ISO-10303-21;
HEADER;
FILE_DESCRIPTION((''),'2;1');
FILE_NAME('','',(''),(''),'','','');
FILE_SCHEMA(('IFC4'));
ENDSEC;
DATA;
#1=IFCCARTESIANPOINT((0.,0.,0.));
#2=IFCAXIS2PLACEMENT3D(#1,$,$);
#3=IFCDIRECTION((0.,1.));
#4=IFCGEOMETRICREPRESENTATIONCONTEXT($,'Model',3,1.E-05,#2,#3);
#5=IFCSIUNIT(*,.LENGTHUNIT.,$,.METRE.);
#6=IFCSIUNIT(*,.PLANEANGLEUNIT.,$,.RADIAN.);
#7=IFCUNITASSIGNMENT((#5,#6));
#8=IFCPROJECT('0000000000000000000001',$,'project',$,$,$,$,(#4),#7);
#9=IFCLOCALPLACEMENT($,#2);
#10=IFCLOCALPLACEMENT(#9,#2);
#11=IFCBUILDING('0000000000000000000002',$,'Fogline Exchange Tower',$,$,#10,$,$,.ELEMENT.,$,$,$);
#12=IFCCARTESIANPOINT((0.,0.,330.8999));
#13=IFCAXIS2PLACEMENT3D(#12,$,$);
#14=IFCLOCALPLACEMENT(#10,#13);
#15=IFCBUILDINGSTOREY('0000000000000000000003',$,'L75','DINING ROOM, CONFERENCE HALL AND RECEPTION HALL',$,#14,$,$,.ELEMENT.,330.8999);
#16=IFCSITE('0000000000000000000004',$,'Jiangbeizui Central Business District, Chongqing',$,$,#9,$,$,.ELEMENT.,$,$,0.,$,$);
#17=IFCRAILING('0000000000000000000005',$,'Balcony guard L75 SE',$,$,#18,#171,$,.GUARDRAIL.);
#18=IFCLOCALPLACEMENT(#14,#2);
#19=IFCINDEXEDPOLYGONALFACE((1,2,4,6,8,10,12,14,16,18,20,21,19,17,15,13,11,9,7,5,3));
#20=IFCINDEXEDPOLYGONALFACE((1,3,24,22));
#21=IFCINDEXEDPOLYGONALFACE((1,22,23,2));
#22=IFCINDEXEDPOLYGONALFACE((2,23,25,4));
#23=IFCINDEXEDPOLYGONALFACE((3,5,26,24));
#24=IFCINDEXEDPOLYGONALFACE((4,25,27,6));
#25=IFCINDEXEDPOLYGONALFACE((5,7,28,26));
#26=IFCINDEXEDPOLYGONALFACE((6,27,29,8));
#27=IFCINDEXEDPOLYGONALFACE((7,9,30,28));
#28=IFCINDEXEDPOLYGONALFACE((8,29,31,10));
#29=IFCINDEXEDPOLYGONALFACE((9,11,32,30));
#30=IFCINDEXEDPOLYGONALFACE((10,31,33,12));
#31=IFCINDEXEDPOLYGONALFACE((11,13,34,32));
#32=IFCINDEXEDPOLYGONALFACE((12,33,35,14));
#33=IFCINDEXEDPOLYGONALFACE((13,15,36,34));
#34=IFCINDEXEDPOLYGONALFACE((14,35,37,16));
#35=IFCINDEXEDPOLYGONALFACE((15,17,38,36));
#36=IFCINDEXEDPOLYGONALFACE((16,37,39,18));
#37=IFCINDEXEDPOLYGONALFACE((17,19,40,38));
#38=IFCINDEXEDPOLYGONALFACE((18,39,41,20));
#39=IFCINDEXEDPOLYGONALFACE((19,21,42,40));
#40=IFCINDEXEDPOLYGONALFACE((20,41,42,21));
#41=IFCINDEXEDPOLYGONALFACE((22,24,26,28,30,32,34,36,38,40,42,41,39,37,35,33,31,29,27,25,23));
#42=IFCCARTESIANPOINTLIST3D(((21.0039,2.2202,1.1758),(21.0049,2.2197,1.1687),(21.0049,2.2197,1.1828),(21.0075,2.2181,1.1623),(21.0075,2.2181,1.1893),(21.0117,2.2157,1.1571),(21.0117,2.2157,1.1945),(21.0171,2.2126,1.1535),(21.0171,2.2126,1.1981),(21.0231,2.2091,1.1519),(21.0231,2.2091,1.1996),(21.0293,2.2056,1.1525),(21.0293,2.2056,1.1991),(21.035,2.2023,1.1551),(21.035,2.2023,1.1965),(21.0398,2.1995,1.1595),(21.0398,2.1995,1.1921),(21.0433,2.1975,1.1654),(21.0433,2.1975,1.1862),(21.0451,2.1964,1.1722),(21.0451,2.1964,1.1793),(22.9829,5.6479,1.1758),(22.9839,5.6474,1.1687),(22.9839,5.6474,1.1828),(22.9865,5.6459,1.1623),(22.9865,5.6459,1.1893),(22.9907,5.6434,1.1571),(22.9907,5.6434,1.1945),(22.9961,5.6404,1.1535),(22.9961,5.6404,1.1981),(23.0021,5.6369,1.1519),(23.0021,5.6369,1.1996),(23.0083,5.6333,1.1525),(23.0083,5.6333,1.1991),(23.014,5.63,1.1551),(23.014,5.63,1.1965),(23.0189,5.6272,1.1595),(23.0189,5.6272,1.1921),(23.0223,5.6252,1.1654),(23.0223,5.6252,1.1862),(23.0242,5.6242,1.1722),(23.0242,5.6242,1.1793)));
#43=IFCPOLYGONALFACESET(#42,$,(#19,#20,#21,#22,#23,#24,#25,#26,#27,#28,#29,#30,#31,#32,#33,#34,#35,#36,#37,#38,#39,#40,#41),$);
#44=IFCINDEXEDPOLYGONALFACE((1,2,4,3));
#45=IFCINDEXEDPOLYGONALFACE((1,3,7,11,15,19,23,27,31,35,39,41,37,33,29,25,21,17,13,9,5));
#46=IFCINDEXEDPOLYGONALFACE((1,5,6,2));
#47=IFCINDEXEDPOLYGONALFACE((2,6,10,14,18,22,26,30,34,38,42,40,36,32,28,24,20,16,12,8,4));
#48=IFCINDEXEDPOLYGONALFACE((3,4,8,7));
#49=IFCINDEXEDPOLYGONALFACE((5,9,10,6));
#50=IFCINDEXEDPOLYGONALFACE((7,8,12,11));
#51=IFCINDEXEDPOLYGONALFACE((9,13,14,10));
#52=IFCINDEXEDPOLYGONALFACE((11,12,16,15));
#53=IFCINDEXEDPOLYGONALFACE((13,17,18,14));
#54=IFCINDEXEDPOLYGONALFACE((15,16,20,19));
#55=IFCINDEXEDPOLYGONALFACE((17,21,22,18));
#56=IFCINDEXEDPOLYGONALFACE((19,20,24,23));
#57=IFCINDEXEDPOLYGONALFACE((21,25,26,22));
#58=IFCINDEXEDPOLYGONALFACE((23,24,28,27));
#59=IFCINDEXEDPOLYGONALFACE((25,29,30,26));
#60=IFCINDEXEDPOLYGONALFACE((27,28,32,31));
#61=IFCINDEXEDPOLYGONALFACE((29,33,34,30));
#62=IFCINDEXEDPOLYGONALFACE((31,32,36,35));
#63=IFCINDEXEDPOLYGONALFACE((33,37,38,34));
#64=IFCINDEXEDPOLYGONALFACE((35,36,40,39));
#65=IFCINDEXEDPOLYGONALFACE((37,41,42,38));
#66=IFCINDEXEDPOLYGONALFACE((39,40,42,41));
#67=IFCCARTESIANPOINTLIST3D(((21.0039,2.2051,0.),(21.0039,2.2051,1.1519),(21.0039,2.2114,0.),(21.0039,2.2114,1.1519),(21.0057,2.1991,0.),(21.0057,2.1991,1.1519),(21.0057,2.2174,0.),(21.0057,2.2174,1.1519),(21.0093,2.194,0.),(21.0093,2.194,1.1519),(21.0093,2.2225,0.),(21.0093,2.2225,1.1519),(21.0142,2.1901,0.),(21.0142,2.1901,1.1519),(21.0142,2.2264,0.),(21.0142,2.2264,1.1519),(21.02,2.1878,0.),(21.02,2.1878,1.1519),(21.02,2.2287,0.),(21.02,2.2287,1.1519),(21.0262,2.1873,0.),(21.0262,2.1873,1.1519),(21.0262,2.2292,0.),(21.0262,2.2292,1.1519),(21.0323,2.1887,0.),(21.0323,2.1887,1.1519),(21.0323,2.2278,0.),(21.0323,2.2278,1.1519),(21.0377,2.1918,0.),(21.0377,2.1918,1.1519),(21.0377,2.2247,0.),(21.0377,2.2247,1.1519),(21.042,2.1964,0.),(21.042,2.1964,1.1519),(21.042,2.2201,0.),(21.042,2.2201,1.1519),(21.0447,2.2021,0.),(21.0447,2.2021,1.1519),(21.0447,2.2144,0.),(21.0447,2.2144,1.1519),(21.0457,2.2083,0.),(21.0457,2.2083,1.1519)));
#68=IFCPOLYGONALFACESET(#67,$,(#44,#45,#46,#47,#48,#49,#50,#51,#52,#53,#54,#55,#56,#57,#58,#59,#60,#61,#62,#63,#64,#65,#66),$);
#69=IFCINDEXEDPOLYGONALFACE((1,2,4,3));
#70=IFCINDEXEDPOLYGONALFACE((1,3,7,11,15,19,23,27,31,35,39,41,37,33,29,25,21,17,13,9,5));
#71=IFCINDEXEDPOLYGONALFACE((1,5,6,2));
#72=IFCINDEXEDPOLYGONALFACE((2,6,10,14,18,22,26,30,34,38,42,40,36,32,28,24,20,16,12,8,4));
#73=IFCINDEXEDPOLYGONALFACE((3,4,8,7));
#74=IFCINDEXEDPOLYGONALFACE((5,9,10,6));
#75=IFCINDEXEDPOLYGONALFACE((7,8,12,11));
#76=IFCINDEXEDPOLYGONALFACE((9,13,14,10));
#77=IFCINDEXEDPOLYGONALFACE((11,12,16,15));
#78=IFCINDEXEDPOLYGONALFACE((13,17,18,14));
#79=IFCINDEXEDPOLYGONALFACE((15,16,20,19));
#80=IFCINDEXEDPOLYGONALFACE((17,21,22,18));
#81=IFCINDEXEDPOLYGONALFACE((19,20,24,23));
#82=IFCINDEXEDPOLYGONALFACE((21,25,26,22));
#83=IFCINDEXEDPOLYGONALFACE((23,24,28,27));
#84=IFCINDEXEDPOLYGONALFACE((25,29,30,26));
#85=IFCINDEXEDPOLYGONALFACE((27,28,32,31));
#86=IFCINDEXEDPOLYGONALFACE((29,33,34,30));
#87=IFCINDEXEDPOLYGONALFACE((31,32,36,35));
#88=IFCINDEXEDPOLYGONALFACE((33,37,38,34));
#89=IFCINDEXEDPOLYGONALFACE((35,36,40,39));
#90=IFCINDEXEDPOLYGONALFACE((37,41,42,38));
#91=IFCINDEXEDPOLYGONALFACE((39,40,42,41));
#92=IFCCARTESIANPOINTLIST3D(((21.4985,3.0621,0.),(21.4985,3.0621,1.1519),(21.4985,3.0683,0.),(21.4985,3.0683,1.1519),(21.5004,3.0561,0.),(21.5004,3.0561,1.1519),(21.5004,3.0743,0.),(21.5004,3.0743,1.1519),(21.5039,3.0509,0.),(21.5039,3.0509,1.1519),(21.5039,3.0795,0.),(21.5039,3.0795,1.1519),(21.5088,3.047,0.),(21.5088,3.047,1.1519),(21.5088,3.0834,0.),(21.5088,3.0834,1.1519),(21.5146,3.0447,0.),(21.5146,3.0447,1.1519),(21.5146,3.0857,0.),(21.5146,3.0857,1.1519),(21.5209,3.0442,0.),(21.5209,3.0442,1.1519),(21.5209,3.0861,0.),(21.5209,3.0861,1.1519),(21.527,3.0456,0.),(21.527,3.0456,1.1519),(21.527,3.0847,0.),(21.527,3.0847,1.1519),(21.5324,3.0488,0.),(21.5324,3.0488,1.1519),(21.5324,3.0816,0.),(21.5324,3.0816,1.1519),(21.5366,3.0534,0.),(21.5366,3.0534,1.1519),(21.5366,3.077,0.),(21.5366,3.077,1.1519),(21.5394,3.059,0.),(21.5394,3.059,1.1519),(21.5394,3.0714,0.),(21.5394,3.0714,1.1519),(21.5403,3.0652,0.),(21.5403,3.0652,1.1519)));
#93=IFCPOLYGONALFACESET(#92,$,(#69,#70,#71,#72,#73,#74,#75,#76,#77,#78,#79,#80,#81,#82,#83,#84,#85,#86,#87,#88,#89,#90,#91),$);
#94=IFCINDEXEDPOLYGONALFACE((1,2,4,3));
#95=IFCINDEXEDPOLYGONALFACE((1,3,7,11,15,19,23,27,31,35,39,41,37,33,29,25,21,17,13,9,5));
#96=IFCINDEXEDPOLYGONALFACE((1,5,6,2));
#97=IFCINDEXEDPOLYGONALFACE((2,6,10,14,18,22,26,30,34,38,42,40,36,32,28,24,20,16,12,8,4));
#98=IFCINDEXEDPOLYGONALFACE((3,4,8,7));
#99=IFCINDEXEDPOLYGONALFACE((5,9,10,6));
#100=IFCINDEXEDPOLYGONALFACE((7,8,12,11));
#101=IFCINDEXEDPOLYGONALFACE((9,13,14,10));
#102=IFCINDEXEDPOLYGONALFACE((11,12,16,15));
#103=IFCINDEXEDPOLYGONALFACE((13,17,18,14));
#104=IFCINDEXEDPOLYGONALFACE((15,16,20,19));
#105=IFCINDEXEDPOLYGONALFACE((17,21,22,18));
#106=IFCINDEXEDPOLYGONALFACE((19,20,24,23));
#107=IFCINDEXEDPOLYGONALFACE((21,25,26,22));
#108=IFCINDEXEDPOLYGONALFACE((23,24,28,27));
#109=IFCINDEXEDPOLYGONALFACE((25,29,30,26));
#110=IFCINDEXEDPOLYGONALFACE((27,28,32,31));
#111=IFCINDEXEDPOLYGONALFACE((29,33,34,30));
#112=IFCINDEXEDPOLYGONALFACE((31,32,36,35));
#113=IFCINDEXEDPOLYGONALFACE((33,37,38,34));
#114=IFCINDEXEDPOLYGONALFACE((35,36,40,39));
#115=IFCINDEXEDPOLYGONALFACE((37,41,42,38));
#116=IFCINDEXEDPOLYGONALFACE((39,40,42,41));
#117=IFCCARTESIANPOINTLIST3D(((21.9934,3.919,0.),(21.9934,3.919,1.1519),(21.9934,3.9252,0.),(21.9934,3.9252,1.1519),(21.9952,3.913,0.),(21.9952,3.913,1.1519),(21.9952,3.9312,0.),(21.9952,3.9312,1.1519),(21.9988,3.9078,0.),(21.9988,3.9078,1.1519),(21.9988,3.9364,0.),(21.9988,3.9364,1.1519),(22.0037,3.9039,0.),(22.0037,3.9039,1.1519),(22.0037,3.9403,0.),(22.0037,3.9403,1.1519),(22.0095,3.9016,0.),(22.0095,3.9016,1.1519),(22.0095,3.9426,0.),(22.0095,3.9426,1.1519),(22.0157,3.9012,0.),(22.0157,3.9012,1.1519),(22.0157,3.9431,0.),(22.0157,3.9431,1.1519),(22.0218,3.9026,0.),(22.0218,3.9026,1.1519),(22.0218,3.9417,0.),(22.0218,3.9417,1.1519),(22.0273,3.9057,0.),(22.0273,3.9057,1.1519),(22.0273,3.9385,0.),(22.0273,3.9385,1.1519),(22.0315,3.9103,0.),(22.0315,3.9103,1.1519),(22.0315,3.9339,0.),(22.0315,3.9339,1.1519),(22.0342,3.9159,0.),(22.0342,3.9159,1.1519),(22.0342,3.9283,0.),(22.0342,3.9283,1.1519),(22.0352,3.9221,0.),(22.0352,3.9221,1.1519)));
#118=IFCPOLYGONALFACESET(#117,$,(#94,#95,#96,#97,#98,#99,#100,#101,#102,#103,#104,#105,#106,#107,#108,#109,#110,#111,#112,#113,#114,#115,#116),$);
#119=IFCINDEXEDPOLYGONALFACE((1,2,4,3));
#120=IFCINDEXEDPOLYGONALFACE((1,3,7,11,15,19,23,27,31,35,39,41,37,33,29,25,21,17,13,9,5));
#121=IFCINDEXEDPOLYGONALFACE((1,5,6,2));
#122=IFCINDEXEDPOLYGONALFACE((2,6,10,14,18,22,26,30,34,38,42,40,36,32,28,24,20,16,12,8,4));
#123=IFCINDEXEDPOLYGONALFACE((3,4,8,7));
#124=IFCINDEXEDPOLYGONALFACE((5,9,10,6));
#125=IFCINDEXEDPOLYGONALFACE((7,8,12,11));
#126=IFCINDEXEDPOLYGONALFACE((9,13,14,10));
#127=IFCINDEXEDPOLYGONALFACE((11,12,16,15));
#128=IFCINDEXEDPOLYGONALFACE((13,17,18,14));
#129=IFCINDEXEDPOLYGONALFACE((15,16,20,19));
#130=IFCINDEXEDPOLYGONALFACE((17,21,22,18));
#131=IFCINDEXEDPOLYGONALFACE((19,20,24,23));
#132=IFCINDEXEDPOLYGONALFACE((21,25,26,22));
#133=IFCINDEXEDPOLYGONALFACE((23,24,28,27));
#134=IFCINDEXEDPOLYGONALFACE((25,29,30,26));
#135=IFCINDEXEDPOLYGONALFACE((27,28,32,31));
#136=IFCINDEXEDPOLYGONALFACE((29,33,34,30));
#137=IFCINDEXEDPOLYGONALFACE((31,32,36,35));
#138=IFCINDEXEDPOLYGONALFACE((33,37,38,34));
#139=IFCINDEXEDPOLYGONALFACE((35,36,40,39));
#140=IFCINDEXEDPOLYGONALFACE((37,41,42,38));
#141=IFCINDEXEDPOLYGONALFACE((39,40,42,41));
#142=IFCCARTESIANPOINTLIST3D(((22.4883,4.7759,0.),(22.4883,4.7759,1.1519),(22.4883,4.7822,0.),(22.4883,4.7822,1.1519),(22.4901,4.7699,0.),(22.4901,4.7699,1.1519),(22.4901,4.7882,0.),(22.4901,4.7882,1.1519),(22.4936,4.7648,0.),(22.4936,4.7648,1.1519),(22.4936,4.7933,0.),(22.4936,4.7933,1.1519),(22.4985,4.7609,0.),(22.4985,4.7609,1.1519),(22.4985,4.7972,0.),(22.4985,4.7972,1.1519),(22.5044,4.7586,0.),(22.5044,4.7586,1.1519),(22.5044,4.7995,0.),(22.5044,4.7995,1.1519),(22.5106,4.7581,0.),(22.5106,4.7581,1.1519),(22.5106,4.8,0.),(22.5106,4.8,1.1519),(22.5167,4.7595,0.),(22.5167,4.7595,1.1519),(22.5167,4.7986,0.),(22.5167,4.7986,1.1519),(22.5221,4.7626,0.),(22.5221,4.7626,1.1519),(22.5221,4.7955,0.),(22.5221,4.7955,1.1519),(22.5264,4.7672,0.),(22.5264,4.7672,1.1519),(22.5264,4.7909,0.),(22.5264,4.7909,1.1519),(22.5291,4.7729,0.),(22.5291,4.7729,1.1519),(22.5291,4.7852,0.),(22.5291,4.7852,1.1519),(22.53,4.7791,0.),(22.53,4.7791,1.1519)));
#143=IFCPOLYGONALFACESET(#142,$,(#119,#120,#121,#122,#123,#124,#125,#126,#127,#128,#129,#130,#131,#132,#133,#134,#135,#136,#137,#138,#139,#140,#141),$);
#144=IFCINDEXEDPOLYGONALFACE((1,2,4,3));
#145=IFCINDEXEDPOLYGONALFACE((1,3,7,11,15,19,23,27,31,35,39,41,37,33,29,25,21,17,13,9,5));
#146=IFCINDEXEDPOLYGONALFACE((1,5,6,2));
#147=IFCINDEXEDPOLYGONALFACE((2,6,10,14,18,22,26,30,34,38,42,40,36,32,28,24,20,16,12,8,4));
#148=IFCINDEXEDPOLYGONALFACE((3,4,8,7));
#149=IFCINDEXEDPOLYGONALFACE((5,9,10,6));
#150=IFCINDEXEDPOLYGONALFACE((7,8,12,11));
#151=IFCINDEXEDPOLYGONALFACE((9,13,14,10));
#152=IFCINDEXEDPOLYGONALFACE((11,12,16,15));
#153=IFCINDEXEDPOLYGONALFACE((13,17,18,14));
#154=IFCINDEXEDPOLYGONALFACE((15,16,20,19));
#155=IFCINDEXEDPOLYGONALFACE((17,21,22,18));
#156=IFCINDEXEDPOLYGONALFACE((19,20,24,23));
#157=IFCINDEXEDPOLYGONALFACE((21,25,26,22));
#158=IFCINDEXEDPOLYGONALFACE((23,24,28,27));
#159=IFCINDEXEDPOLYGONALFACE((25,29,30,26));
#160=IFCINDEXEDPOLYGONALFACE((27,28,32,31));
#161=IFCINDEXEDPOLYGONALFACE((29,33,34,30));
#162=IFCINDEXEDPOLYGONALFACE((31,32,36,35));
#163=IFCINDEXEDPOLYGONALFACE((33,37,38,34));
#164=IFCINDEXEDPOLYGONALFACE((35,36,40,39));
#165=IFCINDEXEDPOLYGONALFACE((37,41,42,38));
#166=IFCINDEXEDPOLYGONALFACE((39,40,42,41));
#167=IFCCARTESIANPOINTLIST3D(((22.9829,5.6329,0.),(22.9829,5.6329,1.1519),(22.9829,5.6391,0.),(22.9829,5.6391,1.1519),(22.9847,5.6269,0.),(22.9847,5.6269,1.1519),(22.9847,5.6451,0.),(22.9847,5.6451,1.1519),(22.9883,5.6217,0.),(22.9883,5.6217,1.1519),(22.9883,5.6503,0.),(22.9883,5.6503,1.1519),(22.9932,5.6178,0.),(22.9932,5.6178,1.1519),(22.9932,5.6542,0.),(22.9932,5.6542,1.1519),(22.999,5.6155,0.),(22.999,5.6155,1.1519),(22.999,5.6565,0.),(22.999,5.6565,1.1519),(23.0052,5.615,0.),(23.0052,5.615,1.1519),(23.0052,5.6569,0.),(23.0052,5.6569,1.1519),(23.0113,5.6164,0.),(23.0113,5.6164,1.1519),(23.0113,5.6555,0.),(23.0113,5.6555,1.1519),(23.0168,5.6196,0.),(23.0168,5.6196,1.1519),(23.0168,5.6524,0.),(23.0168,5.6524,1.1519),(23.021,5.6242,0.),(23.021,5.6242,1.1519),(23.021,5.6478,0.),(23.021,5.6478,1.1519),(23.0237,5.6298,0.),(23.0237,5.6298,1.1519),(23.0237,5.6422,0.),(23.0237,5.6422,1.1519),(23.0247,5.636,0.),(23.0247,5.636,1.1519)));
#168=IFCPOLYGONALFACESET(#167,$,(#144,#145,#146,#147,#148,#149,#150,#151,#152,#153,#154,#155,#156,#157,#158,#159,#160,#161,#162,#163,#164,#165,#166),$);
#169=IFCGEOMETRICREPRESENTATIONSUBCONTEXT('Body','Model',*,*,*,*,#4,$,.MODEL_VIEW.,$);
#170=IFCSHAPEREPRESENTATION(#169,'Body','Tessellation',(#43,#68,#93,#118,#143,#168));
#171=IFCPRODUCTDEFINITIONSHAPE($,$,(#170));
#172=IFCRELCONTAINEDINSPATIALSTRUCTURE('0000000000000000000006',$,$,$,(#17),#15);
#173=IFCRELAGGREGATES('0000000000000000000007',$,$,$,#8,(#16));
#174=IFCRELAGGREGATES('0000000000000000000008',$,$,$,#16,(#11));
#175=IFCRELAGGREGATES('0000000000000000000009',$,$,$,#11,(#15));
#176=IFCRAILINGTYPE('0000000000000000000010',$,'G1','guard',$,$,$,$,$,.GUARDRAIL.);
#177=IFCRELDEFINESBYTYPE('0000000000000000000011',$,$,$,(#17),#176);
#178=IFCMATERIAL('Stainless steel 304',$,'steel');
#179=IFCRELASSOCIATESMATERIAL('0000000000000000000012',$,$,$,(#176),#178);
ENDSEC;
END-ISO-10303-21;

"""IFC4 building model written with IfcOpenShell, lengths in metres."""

from ifc_helpers import new_model, si_unit, direction, frame, origin, origin_2d, place, context, subcontext, project, spatial, circle, extrude, material, type_object, element, save


model = new_model("IFC4")

# Units and contexts
model_context = context("Model", 3, precision=1e-05, world=origin(), true_north=direction((0.0, 1.0)))
body_context = subcontext(model_context, "Body", "Model", "MODEL_VIEW")
ifc_project = project(units=[si_unit("LENGTHUNIT", "METRE"), si_unit("PLANEANGLEUNIT", "RADIAN")], contexts=[model_context])

# Site, building, storey
site_placement = place(None, origin())
site = spatial("IfcSite", under=ifc_project, at=site_placement, Name="Jiangbeizui Central Business District, Chongqing", CompositionType="ELEMENT", RefElevation=0.0)
building_placement = place(site_placement, origin())
building = spatial("IfcBuilding", under=site, at=building_placement, Name="Fogline Exchange Tower", CompositionType="ELEMENT")
storey_placement = place(building_placement, frame((0.0, 0.0, 330.8999)))
storey = spatial("IfcBuildingStorey", under=building, at=storey_placement, Name="L75", Description="DINING ROOM, CONFERENCE HALL AND RECEPTION HALL", CompositionType="ELEMENT", Elevation=330.8999)

# Railing
ifc_material_1 = material(Name="Stainless steel 304", Category="steel")
railing_type = type_object("IfcRailingType", Name="G1", Description="guard", PredefinedType="GUARDRAIL", material=ifc_material_1)
railing_placement = place(storey_placement, frame((21.0247, 2.2083, 0.0)))
element("IfcRailing", 1, at=railing_placement, inside=storey, type_object=railing_type, Name="Balcony guard L75 SE", PredefinedType="GUARDRAIL", context=body_context, shape_type="SweptSolid", body=[
    extrude(circle(Radius=0.0239, at=origin_2d()), frame((0.0, 0.0, 1.1758), z_axis=(0.5, 0.866025, 0.0), x_axis=(-0.866025, 0.5, 0.0)), (0.0, 0.0, 1.0), 3.958),
    extrude(circle(Radius=0.021, at=origin_2d()), origin(), (0.0, 0.0, 1.0), 1.1519),
    extrude(circle(Radius=0.021, at=origin_2d()), frame((0.4946, 0.8569, 0.0)), (0.0, 0.0, 1.0), 1.1519),
    extrude(circle(Radius=0.021, at=origin_2d()), frame((0.9895, 1.7139, 0.0)), (0.0, 0.0, 1.0), 1.1519),
    extrude(circle(Radius=0.021, at=origin_2d()), frame((1.4844, 2.5708, 0.0)), (0.0, 0.0, 1.0), 1.1519),
    extrude(circle(Radius=0.021, at=origin_2d()), frame((1.979, 3.4277, 0.0)), (0.0, 0.0, 1.0), 1.1519),
])

save(model, "model.ifc")
